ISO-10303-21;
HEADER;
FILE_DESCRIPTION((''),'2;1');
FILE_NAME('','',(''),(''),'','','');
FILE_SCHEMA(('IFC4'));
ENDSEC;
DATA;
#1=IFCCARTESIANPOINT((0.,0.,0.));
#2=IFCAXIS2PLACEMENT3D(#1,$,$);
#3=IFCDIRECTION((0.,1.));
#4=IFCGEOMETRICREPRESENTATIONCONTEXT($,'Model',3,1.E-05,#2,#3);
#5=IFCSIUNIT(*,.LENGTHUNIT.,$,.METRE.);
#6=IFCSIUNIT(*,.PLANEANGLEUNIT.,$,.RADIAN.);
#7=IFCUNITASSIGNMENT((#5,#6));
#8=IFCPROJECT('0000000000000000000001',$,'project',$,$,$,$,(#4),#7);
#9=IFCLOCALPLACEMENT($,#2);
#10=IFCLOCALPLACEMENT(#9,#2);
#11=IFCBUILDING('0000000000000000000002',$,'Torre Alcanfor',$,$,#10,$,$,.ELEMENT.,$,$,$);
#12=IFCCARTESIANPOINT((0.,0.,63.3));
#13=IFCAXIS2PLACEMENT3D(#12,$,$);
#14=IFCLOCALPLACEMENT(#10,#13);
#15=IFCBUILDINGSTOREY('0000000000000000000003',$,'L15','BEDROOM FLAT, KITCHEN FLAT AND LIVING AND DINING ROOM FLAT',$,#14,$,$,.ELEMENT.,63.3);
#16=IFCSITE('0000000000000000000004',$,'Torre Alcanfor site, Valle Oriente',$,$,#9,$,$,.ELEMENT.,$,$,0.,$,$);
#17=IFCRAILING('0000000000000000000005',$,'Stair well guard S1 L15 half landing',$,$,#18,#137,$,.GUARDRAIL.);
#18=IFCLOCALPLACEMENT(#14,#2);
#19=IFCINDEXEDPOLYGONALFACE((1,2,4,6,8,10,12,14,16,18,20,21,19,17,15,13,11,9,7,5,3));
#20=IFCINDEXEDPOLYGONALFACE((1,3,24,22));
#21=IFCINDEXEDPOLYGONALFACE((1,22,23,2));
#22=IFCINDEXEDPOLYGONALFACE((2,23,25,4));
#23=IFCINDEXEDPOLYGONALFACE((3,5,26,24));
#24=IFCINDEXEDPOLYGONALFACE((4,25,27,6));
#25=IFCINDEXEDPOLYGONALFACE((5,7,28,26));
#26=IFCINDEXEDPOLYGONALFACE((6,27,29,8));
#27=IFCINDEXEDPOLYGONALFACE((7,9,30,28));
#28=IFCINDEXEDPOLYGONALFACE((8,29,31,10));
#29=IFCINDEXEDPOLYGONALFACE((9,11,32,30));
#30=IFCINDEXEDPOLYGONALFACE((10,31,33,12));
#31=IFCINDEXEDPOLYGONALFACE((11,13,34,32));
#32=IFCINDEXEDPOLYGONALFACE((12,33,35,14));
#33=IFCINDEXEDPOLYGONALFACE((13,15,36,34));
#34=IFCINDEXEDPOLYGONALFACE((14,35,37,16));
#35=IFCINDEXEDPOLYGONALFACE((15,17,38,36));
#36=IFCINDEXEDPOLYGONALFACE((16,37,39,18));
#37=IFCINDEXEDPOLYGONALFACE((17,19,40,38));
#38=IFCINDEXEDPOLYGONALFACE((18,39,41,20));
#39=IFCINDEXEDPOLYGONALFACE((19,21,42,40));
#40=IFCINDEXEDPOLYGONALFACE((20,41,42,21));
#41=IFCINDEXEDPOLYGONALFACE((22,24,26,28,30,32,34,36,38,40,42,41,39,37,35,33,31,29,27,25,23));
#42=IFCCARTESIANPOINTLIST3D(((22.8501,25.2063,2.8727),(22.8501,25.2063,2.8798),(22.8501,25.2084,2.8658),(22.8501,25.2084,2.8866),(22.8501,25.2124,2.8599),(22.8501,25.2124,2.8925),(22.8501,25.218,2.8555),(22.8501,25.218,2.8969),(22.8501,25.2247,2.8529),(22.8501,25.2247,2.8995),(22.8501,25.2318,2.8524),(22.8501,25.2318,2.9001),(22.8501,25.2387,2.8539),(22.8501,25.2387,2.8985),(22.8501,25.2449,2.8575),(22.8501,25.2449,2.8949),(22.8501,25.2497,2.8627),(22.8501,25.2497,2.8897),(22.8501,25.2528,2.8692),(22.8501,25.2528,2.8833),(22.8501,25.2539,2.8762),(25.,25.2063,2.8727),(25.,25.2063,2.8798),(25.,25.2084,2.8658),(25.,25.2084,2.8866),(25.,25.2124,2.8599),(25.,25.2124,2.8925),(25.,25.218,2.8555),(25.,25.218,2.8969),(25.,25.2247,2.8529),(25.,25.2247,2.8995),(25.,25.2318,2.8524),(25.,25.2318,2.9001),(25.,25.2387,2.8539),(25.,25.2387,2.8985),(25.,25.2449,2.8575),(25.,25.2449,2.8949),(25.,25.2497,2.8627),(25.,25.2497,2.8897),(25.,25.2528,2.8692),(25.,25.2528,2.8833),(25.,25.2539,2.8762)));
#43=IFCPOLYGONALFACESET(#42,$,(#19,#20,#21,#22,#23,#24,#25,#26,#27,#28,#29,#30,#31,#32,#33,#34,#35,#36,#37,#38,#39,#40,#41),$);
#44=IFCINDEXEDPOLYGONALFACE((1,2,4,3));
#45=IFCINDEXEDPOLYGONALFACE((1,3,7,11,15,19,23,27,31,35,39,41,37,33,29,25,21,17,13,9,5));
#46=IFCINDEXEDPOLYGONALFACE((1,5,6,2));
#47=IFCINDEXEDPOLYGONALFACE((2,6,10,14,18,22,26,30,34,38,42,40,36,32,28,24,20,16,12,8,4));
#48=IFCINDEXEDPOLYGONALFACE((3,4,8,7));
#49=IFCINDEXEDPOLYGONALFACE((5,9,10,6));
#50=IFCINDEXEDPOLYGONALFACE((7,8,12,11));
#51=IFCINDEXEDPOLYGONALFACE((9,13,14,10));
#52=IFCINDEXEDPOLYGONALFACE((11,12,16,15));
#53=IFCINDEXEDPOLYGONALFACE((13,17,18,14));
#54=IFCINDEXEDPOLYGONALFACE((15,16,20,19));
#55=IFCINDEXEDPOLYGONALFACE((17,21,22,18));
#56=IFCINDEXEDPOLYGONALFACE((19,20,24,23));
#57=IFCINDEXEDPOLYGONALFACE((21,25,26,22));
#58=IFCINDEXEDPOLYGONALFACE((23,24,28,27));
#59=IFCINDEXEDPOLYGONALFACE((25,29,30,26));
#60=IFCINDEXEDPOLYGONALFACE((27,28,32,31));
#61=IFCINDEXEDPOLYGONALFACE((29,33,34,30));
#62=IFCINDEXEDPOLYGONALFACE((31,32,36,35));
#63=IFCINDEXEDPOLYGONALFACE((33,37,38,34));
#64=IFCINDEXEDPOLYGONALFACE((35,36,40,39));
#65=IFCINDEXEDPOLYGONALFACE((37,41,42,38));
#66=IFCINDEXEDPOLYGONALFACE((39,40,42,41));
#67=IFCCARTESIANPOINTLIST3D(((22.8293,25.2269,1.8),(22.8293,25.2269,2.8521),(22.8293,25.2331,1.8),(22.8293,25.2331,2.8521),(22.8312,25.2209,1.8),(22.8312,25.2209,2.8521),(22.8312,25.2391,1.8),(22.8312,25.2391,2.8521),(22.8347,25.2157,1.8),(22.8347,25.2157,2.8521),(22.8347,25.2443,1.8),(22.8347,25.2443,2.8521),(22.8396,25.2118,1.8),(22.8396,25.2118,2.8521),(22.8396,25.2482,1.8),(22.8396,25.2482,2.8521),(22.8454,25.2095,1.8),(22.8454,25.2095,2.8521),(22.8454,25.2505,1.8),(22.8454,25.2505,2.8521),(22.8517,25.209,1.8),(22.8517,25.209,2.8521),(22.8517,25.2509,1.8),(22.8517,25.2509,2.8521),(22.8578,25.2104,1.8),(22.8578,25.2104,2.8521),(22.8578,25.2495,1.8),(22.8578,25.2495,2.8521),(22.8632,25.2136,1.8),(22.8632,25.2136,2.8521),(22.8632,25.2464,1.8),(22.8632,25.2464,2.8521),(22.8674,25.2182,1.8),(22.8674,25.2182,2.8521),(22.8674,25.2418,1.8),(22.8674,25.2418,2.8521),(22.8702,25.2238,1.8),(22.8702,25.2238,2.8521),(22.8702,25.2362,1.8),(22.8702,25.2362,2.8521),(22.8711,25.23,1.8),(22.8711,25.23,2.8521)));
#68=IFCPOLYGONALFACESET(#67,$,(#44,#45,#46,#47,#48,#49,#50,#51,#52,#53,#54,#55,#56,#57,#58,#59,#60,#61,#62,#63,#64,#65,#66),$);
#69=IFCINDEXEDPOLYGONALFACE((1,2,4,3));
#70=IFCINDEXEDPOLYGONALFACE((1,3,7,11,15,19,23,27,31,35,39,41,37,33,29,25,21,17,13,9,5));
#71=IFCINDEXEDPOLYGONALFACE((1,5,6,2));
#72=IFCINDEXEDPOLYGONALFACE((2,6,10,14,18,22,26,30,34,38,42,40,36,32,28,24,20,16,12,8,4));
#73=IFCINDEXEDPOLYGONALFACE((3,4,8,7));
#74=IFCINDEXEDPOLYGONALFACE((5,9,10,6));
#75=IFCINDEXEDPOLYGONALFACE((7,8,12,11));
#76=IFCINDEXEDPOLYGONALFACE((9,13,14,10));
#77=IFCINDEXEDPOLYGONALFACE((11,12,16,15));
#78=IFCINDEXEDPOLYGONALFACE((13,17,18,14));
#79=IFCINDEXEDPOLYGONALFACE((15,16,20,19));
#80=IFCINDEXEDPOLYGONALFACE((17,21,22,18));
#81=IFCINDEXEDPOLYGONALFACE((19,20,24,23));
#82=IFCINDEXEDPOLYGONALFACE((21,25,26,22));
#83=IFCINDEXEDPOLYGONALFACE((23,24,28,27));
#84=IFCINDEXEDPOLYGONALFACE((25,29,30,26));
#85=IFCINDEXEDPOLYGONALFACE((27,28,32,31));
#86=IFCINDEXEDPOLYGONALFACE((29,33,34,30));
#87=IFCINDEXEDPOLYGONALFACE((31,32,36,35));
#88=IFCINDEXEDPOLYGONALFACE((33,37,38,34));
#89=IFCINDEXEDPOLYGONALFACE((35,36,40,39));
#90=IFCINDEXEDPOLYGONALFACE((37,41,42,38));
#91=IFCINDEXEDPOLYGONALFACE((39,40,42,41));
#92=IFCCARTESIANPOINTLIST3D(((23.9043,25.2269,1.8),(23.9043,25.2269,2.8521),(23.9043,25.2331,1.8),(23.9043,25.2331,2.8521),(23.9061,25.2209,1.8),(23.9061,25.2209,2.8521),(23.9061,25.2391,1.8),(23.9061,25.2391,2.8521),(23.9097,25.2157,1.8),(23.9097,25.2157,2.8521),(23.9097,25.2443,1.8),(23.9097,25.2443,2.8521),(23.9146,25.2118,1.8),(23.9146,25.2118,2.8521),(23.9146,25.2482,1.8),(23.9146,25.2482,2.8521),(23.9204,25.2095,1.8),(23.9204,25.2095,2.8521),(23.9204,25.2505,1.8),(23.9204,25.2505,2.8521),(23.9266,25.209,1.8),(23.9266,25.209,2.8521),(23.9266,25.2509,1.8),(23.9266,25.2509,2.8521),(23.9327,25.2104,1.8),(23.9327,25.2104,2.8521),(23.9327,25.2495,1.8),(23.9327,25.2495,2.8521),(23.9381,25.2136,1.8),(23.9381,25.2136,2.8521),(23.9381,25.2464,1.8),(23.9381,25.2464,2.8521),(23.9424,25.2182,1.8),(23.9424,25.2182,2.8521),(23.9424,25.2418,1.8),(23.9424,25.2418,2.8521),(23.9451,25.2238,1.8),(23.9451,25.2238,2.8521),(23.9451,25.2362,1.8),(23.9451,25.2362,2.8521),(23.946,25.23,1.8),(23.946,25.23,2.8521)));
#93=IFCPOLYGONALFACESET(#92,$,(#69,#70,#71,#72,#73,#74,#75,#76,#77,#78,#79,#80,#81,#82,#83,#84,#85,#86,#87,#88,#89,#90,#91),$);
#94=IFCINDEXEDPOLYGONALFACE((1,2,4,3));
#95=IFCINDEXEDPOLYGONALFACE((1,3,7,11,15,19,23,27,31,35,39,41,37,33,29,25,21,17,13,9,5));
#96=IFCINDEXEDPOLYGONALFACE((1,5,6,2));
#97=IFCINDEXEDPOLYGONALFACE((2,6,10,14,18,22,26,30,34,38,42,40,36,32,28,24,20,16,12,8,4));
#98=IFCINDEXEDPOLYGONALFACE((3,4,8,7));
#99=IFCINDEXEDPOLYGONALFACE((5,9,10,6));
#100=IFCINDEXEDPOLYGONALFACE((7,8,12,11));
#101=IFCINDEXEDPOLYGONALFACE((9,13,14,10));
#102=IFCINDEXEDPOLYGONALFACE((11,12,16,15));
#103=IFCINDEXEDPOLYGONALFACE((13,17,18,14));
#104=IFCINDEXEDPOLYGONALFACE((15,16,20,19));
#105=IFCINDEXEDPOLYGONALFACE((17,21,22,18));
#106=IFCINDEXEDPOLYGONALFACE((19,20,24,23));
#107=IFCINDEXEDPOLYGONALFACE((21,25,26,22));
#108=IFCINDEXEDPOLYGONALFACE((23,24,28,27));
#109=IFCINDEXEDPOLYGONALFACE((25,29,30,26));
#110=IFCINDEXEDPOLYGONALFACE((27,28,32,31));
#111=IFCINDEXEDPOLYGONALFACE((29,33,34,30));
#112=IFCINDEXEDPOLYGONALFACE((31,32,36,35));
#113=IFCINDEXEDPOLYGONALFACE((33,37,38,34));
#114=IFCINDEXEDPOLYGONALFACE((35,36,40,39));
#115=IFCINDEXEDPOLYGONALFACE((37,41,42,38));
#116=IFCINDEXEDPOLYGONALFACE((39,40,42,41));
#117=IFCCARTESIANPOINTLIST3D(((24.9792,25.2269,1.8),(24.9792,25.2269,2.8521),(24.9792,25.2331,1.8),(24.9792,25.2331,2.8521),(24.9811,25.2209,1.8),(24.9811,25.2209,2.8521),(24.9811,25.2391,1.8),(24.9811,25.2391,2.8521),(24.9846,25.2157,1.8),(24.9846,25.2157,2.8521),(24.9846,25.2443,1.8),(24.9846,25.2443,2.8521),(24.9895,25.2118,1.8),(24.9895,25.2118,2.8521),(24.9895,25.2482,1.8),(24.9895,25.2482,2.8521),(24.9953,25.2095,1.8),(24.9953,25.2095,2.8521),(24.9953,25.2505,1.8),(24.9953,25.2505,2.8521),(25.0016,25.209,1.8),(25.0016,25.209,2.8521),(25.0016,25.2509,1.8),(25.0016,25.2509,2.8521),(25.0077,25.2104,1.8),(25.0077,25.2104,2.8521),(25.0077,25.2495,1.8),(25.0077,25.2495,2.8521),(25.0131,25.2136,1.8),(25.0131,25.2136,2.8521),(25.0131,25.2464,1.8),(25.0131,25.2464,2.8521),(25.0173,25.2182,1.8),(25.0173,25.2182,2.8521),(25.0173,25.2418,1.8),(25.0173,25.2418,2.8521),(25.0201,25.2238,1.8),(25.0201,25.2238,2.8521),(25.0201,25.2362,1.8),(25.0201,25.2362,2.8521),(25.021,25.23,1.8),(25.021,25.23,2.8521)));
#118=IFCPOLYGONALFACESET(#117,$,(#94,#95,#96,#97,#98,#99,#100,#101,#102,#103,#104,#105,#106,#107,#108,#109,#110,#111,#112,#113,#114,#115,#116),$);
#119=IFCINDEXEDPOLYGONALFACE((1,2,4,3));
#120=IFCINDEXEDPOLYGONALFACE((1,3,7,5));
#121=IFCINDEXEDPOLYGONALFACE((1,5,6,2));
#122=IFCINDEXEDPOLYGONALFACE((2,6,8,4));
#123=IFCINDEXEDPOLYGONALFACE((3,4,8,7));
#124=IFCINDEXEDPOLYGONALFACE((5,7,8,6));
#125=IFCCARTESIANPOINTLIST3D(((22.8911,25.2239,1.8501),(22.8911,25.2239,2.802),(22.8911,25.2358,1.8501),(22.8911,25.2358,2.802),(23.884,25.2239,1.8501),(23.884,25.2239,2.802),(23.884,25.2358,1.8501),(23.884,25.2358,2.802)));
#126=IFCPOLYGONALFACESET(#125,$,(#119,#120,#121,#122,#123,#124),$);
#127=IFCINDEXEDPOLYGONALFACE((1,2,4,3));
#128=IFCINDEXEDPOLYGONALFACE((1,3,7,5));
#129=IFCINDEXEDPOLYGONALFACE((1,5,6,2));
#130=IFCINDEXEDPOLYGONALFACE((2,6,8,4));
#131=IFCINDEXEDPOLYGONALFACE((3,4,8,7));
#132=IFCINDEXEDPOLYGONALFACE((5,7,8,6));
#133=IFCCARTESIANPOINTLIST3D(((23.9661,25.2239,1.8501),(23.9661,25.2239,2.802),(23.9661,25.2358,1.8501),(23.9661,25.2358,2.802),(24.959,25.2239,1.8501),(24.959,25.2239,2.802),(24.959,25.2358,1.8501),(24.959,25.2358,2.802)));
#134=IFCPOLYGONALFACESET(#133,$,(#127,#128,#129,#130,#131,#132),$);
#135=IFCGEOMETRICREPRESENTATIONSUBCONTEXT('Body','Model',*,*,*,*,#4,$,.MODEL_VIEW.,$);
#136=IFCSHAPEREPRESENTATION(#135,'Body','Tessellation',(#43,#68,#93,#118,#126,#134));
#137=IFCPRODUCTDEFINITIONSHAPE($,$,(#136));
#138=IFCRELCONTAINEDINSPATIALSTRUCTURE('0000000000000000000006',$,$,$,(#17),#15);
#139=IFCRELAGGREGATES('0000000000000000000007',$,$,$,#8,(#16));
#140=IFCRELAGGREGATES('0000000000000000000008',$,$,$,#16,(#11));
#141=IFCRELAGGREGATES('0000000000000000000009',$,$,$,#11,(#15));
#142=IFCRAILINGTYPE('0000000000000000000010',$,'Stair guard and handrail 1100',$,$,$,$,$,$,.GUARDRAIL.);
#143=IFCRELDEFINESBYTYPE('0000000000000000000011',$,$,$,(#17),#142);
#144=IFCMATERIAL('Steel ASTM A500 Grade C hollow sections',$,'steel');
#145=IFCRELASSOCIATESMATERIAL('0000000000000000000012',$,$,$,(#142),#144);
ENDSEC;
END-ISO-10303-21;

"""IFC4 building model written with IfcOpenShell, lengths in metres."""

from ifc_helpers import new_model, si_unit, direction, frame, origin, origin_2d, place, context, subcontext, project, spatial, polyline, circle, outline, extrude, material, type_object, element, save


model = new_model("IFC4")

# Units and contexts
model_context = context("Model", 3, precision=1e-05, world=origin(), true_north=direction((0.0, 1.0)))
body_context = subcontext(model_context, "Body", "Model", "MODEL_VIEW")
ifc_project = project(units=[si_unit("LENGTHUNIT", "METRE"), si_unit("PLANEANGLEUNIT", "RADIAN")], contexts=[model_context])

# Site, building, storey
site_placement = place(None, origin())
site = spatial("IfcSite", under=ifc_project, at=site_placement, Name="Torre Alcanfor site, Valle Oriente", CompositionType="ELEMENT", RefElevation=0.0)
building_placement = place(site_placement, origin())
building = spatial("IfcBuilding", under=site, at=building_placement, Name="Torre Alcanfor", CompositionType="ELEMENT")
storey_placement = place(building_placement, frame((0.0, 0.0, 63.3)))
storey = spatial("IfcBuildingStorey", under=building, at=storey_placement, Name="L15", Description="BEDROOM FLAT, KITCHEN FLAT AND LIVING AND DINING ROOM FLAT", CompositionType="ELEMENT", Elevation=63.3)

# Railing
ifc_material_1 = material(Name="Steel ASTM A500 Grade C hollow sections", Category="steel")
railing_type_1 = type_object("IfcRailingType", Name="Stair guard and handrail 1100", PredefinedType="GUARDRAIL", material=ifc_material_1)
railing_1_placement = place(storey_placement, frame((22.8501, 25.23, 1.8)))
element("IfcRailing", 1, at=railing_1_placement, inside=storey, type_object=railing_type_1, Name="Stair well guard S1 L15 half landing", PredefinedType="GUARDRAIL", context=body_context, shape_type="SweptSolid", body=[
    extrude(circle(Radius=0.0239, at=origin_2d()), frame((0.0, 0.0, 1.0762), z_axis=(1.0, 0.0, 0.0), x_axis=(0.0, 1.0, 0.0)), (0.0, 0.0, 1.0), 2.1499),
    extrude(circle(Radius=0.021, at=origin_2d()), origin(), (0.0, 0.0, 1.0), 1.052),
    extrude(circle(Radius=0.021, at=origin_2d()), frame((1.075, 0.0, 0.0)), (0.0, 0.0, 1.0), 1.052),
    extrude(circle(Radius=0.021, at=origin_2d()), frame((2.1499, 0.0, 0.0)), (0.0, 0.0, 1.0), 1.052),
    extrude(outline(polyline([(0.041, 0.05), (1.0339, 0.05), (1.0339, 1.002), (0.041, 1.002), (0.041, 0.05)])), frame((0.0, 0.0059, 0.0), z_axis=(0.0, -1.0, 0.0), x_axis=(1.0, 0.0, 0.0)), (0.0, 0.0, 1.0), 0.012),
    extrude(outline(polyline([(1.116, 0.05), (2.1089, 0.05), (2.1089, 1.002), (1.116, 1.002), (1.116, 0.05)])), frame((0.0, 0.0059, 0.0), z_axis=(0.0, -1.0, 0.0), x_axis=(1.0, 0.0, 0.0)), (0.0, 0.0, 1.0), 0.012),
])

save(model, "model.ifc")
